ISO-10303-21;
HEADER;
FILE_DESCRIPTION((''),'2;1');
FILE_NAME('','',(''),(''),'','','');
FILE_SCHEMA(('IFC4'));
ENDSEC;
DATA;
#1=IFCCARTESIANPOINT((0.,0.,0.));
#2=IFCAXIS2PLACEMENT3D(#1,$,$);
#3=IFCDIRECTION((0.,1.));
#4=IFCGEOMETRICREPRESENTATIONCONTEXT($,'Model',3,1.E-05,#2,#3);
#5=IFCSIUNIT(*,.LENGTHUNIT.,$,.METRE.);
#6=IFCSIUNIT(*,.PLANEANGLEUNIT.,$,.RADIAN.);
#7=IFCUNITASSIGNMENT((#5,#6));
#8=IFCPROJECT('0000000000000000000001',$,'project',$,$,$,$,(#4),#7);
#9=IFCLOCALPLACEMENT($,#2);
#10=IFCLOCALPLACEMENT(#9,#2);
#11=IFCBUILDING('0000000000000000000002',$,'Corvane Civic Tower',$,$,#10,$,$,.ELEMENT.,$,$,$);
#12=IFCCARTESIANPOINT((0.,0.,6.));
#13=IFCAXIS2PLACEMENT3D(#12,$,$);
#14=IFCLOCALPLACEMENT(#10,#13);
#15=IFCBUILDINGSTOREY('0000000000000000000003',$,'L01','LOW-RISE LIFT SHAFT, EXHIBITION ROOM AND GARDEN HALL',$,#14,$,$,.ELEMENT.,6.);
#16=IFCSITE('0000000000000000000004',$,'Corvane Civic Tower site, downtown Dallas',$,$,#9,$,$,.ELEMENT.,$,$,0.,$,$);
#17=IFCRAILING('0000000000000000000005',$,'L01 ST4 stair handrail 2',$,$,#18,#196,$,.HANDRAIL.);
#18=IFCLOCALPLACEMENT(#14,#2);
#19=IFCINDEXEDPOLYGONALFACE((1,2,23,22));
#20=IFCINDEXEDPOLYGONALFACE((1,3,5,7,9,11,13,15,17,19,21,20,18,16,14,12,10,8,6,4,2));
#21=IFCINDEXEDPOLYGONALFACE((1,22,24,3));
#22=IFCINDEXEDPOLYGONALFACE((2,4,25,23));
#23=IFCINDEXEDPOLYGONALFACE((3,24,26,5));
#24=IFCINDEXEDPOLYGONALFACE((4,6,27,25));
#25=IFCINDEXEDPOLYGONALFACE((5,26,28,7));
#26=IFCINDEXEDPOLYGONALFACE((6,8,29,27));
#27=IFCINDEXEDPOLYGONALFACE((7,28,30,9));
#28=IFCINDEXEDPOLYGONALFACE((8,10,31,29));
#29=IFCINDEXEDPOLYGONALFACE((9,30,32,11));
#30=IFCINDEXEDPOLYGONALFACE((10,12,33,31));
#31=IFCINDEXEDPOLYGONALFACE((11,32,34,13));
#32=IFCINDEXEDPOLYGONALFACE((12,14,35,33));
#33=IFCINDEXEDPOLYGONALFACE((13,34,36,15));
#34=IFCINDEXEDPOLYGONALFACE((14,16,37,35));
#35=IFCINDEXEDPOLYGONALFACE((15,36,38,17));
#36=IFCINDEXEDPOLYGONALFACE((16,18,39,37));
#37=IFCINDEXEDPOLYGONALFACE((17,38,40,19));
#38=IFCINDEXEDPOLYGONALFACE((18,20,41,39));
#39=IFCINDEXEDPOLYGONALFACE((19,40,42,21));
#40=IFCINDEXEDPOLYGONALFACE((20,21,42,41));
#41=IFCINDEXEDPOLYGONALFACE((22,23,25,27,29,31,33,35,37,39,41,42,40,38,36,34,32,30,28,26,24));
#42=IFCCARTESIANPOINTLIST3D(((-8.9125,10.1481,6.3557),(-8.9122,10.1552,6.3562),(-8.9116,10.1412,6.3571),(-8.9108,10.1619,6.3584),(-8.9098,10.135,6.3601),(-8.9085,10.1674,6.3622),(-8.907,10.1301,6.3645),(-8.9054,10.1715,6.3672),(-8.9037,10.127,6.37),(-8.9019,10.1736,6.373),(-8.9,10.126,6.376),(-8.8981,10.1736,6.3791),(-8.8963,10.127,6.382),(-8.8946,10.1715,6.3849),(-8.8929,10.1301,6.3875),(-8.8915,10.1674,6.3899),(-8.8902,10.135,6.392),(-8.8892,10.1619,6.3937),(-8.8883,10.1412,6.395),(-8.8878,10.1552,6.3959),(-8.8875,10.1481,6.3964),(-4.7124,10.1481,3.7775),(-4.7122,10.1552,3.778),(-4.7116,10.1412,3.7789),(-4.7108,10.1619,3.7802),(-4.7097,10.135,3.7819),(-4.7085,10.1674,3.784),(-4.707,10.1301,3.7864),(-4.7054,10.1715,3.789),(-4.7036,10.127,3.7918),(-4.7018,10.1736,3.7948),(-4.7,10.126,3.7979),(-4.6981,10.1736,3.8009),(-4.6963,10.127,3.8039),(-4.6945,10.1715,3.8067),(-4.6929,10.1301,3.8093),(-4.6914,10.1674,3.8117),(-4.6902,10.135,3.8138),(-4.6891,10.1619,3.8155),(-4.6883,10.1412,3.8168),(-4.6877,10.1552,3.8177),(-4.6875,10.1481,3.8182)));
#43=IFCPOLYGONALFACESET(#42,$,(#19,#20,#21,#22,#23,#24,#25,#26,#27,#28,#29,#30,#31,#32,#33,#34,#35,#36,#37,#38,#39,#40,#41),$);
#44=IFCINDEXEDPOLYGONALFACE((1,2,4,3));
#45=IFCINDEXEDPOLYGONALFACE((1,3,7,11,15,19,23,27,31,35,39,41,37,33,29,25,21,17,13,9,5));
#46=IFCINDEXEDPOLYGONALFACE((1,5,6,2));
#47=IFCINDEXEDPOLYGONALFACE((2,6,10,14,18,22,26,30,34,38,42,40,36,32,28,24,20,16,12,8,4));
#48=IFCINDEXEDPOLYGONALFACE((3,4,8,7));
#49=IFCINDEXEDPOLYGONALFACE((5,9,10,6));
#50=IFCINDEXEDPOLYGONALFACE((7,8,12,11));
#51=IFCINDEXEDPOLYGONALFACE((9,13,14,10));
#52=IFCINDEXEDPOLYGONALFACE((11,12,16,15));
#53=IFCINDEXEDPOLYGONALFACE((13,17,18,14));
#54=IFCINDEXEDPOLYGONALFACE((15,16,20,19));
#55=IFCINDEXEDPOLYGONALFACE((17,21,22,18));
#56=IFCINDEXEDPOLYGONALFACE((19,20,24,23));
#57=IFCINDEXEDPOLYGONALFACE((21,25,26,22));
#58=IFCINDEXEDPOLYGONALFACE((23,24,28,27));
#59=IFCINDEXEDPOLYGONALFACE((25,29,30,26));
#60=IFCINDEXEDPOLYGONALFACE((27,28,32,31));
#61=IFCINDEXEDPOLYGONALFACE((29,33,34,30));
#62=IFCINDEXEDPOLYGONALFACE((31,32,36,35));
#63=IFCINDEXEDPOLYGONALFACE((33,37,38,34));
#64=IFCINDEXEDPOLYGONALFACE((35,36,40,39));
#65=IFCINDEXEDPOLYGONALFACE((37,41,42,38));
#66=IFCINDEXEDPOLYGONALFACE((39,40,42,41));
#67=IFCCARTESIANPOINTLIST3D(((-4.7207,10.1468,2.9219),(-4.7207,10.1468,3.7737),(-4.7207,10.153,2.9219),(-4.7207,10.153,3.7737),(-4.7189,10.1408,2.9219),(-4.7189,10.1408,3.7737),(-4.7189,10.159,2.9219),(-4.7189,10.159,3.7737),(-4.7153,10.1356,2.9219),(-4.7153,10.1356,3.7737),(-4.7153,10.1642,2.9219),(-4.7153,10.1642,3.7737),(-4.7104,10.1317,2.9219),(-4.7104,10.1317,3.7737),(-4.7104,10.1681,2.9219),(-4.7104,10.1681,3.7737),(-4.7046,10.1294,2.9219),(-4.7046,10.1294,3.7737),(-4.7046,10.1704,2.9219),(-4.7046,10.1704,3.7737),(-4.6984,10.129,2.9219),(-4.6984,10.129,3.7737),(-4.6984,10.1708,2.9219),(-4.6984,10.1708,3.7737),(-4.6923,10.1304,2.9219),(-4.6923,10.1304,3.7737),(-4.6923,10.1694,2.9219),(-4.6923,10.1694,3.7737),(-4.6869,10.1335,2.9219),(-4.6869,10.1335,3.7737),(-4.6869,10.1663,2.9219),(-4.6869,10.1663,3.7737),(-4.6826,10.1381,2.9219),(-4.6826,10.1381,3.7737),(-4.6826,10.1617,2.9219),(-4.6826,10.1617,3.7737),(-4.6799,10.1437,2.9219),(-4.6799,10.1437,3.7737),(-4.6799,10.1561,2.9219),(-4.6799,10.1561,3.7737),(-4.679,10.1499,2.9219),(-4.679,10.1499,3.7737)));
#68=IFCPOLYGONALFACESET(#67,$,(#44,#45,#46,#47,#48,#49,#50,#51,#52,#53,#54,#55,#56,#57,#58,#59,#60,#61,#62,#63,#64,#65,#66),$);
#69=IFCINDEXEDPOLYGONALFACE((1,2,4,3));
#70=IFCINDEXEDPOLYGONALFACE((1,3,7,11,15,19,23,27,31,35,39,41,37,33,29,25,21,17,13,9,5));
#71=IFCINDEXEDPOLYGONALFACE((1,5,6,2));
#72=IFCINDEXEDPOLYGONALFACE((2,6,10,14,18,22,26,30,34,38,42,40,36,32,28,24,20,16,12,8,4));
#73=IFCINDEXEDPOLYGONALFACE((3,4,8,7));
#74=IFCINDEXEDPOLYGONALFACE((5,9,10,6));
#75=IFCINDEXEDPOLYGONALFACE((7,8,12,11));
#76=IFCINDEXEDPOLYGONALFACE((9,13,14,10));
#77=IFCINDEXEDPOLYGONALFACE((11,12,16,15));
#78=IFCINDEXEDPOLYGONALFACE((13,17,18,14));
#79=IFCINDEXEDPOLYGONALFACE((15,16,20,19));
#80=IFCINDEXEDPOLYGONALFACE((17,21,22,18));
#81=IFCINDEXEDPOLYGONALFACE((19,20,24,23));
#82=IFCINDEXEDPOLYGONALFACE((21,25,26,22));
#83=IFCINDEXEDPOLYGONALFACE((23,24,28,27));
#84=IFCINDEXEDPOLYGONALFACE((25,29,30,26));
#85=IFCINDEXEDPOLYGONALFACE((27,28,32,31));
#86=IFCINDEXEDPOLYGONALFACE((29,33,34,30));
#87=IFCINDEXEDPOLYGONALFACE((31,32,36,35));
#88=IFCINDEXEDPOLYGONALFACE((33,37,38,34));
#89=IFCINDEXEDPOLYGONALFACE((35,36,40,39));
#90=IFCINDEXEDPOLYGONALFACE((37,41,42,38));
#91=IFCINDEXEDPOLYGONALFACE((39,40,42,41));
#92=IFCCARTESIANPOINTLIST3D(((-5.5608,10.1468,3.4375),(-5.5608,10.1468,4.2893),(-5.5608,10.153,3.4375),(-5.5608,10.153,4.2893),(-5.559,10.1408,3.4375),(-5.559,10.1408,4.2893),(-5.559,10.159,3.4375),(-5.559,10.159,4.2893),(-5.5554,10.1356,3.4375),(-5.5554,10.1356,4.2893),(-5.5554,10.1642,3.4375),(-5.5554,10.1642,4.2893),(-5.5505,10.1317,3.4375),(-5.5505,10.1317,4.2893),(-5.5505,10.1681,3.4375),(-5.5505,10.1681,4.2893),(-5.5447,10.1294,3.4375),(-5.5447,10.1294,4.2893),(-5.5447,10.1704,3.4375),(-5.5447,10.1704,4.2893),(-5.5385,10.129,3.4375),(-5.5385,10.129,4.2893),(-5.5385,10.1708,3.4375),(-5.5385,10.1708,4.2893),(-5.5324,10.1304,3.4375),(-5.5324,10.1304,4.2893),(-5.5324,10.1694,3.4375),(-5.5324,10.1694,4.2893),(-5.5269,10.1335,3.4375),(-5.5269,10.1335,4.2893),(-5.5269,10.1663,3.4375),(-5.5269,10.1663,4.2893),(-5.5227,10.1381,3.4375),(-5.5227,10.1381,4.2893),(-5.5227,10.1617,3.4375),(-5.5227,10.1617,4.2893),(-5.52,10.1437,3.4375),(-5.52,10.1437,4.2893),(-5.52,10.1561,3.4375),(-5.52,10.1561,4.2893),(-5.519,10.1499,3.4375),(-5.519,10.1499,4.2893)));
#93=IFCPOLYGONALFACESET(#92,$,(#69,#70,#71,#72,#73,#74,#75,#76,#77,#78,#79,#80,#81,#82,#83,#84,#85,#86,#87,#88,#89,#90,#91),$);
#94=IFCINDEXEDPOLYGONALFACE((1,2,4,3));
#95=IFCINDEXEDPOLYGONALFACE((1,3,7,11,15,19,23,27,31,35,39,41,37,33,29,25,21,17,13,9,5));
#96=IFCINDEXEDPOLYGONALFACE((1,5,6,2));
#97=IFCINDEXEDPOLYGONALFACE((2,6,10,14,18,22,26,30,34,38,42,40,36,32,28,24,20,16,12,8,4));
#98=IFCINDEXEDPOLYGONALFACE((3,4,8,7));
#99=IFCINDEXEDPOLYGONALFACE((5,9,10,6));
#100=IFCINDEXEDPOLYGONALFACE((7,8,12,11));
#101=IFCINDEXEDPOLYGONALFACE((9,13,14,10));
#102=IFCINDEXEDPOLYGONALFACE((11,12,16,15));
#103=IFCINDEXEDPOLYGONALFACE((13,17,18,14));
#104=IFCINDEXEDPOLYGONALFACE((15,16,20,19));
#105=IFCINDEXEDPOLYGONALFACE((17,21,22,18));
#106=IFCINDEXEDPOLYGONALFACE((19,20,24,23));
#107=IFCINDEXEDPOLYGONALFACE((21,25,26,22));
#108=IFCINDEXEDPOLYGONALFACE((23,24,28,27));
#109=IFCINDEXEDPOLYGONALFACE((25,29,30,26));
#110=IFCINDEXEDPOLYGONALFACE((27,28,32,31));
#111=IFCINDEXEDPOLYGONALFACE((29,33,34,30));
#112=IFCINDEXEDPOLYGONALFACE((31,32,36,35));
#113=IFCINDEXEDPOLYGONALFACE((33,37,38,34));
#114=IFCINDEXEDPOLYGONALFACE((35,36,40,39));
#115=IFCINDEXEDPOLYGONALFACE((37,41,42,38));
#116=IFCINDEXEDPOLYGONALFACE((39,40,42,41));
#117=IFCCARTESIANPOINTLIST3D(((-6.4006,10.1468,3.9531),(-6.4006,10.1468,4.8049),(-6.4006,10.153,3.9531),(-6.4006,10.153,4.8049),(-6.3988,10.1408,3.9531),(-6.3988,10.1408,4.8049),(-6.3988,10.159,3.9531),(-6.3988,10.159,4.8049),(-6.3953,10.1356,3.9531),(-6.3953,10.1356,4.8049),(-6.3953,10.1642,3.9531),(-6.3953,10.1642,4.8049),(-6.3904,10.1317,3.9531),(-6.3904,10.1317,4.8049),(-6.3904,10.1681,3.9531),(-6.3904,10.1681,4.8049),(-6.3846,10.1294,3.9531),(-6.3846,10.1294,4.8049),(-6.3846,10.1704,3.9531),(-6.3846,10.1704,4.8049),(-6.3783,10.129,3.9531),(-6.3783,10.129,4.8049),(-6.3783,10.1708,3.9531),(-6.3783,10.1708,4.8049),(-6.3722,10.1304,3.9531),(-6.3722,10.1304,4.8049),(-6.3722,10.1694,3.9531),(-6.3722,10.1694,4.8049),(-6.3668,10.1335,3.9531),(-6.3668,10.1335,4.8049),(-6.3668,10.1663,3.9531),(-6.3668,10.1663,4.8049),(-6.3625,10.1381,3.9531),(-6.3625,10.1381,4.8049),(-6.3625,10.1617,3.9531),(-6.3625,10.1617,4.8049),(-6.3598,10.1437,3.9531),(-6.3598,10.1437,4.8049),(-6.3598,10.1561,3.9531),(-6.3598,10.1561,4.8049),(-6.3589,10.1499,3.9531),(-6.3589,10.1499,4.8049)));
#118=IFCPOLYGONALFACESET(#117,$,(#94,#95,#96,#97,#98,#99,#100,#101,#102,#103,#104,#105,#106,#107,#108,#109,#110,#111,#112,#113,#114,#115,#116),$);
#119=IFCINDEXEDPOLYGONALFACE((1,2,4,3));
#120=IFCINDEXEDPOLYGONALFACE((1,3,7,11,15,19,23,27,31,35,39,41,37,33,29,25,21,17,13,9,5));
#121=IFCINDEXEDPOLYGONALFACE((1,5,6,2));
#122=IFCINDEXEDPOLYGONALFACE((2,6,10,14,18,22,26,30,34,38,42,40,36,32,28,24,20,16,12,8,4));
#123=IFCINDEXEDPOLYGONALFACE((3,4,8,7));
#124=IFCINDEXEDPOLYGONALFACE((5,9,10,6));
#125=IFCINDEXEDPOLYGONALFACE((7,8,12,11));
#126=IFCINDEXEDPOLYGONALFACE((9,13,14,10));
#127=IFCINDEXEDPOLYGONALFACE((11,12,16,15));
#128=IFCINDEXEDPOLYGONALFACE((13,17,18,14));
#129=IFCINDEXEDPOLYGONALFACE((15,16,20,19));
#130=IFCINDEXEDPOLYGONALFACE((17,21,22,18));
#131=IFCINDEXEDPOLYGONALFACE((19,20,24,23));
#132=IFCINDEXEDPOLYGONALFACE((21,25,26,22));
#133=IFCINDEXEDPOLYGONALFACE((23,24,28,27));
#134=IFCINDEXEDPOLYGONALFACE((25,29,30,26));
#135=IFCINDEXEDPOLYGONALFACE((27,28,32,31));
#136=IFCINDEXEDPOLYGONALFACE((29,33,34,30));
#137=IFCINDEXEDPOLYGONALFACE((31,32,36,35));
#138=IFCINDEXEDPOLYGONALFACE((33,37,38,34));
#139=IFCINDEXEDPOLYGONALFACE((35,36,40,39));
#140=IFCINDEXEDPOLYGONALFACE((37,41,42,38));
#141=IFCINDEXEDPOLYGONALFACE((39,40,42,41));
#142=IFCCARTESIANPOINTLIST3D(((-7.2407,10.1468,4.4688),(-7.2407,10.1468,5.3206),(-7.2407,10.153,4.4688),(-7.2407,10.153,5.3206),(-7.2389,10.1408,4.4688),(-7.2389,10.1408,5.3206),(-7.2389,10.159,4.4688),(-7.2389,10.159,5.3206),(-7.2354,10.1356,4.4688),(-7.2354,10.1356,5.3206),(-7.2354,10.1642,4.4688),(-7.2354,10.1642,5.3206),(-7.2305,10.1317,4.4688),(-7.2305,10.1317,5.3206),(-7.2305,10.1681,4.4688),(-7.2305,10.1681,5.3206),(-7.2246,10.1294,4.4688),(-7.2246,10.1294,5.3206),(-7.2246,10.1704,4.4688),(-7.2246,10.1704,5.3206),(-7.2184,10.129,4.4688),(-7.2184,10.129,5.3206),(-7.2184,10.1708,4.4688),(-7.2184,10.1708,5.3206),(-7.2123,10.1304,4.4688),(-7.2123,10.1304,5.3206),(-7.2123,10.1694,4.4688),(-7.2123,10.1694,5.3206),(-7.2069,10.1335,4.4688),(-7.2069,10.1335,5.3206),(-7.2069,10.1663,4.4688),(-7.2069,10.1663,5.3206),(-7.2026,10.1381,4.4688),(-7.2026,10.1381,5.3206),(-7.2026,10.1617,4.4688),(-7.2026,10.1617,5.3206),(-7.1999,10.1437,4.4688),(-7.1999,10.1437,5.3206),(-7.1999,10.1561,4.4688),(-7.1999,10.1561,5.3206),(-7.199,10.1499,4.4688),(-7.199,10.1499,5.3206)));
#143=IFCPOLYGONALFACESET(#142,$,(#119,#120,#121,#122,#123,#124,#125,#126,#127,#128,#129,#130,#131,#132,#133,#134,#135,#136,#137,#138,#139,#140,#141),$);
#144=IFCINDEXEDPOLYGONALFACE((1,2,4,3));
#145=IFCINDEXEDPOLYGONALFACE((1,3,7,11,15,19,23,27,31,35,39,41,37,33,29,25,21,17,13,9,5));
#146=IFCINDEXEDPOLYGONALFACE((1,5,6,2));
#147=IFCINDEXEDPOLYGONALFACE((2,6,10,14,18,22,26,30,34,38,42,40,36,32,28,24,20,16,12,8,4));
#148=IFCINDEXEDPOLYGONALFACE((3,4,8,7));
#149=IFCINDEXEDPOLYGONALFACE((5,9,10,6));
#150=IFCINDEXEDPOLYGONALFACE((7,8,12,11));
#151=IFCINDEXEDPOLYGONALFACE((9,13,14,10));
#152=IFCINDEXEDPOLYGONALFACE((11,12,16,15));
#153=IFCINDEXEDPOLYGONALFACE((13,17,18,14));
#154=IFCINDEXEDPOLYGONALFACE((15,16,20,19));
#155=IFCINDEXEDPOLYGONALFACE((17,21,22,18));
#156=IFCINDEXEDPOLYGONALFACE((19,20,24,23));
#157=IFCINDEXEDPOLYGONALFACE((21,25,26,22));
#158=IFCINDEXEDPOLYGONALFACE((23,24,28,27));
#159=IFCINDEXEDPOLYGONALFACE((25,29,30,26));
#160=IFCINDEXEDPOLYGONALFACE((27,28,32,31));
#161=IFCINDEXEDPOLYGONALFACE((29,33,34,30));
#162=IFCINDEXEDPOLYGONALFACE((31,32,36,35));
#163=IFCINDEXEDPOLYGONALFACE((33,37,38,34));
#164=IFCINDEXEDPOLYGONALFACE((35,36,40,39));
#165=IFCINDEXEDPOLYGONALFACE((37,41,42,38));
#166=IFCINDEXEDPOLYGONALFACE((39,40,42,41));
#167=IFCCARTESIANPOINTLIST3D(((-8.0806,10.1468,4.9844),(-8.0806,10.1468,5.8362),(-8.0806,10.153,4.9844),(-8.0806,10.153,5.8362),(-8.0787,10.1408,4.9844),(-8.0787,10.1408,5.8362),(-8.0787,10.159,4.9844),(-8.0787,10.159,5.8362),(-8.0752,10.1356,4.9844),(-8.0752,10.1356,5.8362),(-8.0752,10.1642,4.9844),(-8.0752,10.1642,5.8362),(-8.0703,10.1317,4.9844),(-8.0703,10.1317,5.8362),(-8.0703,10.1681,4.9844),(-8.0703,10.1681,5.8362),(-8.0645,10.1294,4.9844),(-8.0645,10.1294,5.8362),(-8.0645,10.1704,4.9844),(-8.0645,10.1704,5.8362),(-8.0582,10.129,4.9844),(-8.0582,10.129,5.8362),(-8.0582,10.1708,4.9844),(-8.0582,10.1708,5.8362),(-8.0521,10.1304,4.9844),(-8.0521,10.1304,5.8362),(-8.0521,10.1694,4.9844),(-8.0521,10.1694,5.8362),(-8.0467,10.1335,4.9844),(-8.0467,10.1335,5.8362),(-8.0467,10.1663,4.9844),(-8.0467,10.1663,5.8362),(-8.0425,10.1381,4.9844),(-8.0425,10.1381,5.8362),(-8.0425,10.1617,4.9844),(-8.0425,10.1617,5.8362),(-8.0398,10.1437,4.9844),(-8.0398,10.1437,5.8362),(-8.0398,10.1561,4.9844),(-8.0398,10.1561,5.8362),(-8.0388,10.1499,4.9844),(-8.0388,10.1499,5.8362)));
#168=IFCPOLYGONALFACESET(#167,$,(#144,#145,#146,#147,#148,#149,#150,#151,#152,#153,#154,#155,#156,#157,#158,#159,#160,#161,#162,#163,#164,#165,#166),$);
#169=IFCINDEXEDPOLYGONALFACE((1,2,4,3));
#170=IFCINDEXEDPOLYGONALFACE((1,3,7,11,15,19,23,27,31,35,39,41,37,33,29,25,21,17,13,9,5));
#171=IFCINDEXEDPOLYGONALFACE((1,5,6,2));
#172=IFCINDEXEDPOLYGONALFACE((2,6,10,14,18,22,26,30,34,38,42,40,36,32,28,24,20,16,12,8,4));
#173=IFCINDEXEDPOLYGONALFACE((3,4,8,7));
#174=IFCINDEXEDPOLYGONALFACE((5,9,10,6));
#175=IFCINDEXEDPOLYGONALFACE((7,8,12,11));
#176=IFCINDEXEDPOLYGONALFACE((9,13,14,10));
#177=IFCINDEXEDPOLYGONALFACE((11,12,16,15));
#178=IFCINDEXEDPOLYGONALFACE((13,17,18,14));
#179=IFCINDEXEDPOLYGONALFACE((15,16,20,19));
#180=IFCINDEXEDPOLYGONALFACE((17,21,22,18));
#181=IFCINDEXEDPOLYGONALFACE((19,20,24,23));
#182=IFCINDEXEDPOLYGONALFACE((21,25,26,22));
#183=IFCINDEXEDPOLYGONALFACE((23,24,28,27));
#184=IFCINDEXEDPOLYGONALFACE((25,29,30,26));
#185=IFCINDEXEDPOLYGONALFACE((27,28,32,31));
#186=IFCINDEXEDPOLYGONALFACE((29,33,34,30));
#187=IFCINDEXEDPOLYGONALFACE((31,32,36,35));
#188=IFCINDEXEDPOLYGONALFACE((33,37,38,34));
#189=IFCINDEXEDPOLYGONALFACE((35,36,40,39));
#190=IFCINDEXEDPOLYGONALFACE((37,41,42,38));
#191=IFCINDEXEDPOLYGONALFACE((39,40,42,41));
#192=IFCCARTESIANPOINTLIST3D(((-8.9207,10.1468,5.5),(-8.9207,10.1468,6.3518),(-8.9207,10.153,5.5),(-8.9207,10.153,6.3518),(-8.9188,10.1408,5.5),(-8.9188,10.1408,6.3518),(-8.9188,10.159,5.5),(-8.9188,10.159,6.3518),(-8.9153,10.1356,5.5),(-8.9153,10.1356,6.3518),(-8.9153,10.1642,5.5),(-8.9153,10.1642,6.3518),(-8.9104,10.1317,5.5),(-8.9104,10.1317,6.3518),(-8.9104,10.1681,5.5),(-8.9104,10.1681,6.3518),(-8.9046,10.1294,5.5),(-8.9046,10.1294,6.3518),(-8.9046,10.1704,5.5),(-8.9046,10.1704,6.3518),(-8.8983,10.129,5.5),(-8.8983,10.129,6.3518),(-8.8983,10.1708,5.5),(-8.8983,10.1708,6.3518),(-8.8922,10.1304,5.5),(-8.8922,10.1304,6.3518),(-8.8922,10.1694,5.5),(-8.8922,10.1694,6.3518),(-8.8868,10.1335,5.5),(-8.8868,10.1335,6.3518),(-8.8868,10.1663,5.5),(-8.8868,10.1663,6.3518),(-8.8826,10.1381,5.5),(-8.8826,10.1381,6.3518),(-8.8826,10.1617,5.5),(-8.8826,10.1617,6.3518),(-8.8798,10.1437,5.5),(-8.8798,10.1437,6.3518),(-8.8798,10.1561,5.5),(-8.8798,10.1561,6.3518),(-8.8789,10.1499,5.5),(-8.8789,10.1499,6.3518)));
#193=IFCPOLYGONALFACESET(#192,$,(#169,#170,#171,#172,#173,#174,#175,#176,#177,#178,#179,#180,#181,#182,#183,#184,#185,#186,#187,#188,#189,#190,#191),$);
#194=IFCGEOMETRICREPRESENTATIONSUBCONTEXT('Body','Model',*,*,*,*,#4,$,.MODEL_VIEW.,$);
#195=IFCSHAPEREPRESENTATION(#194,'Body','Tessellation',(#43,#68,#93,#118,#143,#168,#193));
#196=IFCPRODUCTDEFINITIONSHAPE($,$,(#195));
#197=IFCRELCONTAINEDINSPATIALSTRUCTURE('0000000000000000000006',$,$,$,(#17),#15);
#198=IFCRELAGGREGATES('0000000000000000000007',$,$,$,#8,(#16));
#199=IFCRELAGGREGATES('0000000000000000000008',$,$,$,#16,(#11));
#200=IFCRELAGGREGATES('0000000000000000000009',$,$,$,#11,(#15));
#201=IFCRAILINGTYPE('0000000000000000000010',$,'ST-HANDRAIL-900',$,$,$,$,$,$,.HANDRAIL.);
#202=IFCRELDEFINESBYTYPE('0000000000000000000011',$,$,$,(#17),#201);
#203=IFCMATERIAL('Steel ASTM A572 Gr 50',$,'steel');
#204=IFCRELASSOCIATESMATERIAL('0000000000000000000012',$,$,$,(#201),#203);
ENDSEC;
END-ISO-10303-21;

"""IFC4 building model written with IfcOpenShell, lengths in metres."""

from ifc_helpers import new_model, si_unit, direction, frame, origin, origin_2d, place, context, subcontext, project, spatial, circle, extrude, material, type_object, element, save


model = new_model("IFC4")

# Units and contexts
model_context = context("Model", 3, precision=1e-05, world=origin(), true_north=direction((0.0, 1.0)))
body_context = subcontext(model_context, "Body", "Model", "MODEL_VIEW")
ifc_project = project(units=[si_unit("LENGTHUNIT", "METRE"), si_unit("PLANEANGLEUNIT", "RADIAN")], contexts=[model_context])

# Site, building, storey
site_placement = place(None, origin())
site = spatial("IfcSite", under=ifc_project, at=site_placement, Name="Corvane Civic Tower site, downtown Dallas", CompositionType="ELEMENT", RefElevation=0.0)
building_placement = place(site_placement, origin())
building = spatial("IfcBuilding", under=site, at=building_placement, Name="Corvane Civic Tower", CompositionType="ELEMENT")
storey_placement = place(building_placement, frame((0.0, 0.0, 6.0)))
storey = spatial("IfcBuildingStorey", under=building, at=storey_placement, Name="L01", Description="LOW-RISE LIFT SHAFT, EXHIBITION ROOM AND GARDEN HALL", CompositionType="ELEMENT", Elevation=6.0)

# Railing
ifc_material_1 = material(Name="Steel ASTM A572 Gr 50", Category="steel")
railing_type_1 = type_object("IfcRailingType", Name="ST-HANDRAIL-900", PredefinedType="HANDRAIL", material=ifc_material_1)
railing_1_placement = place(storey_placement, frame((-4.7, 10.1499, 2.9219)))
element("IfcRailing", 1, at=railing_1_placement, inside=storey, type_object=railing_type_1, Name="L01 ST4 stair handrail 2", PredefinedType="HANDRAIL", context=body_context, shape_type="SweptSolid", body=[
    extrude(circle(Radius=0.0239, at=origin_2d()), frame((0.0, 0.0, 0.876), z_axis=(-0.852243, 0.0, 0.523146), x_axis=(0.0, -1.0, 0.0)), (0.0, 0.0, 1.0), 4.9282),
    extrude(circle(Radius=0.021, at=origin_2d()), origin(), (0.0, 0.0, 1.0), 0.8518),
    extrude(circle(Radius=0.021, at=origin_2d()), frame((-0.8401, 0.0, 0.5156)), (0.0, 0.0, 1.0), 0.8518),
    extrude(circle(Radius=0.021, at=origin_2d()), frame((-1.6799, 0.0, 1.0312)), (0.0, 0.0, 1.0), 0.8518),
    extrude(circle(Radius=0.021, at=origin_2d()), frame((-2.52, 0.0, 1.5469)), (0.0, 0.0, 1.0), 0.8518),
    extrude(circle(Radius=0.021, at=origin_2d()), frame((-3.3599, 0.0, 2.0625)), (0.0, 0.0, 1.0), 0.8518),
    extrude(circle(Radius=0.021, at=origin_2d()), frame((-4.2, 0.0, 2.5781)), (0.0, 0.0, 1.0), 0.8518),
])

save(model, "model.ifc")
